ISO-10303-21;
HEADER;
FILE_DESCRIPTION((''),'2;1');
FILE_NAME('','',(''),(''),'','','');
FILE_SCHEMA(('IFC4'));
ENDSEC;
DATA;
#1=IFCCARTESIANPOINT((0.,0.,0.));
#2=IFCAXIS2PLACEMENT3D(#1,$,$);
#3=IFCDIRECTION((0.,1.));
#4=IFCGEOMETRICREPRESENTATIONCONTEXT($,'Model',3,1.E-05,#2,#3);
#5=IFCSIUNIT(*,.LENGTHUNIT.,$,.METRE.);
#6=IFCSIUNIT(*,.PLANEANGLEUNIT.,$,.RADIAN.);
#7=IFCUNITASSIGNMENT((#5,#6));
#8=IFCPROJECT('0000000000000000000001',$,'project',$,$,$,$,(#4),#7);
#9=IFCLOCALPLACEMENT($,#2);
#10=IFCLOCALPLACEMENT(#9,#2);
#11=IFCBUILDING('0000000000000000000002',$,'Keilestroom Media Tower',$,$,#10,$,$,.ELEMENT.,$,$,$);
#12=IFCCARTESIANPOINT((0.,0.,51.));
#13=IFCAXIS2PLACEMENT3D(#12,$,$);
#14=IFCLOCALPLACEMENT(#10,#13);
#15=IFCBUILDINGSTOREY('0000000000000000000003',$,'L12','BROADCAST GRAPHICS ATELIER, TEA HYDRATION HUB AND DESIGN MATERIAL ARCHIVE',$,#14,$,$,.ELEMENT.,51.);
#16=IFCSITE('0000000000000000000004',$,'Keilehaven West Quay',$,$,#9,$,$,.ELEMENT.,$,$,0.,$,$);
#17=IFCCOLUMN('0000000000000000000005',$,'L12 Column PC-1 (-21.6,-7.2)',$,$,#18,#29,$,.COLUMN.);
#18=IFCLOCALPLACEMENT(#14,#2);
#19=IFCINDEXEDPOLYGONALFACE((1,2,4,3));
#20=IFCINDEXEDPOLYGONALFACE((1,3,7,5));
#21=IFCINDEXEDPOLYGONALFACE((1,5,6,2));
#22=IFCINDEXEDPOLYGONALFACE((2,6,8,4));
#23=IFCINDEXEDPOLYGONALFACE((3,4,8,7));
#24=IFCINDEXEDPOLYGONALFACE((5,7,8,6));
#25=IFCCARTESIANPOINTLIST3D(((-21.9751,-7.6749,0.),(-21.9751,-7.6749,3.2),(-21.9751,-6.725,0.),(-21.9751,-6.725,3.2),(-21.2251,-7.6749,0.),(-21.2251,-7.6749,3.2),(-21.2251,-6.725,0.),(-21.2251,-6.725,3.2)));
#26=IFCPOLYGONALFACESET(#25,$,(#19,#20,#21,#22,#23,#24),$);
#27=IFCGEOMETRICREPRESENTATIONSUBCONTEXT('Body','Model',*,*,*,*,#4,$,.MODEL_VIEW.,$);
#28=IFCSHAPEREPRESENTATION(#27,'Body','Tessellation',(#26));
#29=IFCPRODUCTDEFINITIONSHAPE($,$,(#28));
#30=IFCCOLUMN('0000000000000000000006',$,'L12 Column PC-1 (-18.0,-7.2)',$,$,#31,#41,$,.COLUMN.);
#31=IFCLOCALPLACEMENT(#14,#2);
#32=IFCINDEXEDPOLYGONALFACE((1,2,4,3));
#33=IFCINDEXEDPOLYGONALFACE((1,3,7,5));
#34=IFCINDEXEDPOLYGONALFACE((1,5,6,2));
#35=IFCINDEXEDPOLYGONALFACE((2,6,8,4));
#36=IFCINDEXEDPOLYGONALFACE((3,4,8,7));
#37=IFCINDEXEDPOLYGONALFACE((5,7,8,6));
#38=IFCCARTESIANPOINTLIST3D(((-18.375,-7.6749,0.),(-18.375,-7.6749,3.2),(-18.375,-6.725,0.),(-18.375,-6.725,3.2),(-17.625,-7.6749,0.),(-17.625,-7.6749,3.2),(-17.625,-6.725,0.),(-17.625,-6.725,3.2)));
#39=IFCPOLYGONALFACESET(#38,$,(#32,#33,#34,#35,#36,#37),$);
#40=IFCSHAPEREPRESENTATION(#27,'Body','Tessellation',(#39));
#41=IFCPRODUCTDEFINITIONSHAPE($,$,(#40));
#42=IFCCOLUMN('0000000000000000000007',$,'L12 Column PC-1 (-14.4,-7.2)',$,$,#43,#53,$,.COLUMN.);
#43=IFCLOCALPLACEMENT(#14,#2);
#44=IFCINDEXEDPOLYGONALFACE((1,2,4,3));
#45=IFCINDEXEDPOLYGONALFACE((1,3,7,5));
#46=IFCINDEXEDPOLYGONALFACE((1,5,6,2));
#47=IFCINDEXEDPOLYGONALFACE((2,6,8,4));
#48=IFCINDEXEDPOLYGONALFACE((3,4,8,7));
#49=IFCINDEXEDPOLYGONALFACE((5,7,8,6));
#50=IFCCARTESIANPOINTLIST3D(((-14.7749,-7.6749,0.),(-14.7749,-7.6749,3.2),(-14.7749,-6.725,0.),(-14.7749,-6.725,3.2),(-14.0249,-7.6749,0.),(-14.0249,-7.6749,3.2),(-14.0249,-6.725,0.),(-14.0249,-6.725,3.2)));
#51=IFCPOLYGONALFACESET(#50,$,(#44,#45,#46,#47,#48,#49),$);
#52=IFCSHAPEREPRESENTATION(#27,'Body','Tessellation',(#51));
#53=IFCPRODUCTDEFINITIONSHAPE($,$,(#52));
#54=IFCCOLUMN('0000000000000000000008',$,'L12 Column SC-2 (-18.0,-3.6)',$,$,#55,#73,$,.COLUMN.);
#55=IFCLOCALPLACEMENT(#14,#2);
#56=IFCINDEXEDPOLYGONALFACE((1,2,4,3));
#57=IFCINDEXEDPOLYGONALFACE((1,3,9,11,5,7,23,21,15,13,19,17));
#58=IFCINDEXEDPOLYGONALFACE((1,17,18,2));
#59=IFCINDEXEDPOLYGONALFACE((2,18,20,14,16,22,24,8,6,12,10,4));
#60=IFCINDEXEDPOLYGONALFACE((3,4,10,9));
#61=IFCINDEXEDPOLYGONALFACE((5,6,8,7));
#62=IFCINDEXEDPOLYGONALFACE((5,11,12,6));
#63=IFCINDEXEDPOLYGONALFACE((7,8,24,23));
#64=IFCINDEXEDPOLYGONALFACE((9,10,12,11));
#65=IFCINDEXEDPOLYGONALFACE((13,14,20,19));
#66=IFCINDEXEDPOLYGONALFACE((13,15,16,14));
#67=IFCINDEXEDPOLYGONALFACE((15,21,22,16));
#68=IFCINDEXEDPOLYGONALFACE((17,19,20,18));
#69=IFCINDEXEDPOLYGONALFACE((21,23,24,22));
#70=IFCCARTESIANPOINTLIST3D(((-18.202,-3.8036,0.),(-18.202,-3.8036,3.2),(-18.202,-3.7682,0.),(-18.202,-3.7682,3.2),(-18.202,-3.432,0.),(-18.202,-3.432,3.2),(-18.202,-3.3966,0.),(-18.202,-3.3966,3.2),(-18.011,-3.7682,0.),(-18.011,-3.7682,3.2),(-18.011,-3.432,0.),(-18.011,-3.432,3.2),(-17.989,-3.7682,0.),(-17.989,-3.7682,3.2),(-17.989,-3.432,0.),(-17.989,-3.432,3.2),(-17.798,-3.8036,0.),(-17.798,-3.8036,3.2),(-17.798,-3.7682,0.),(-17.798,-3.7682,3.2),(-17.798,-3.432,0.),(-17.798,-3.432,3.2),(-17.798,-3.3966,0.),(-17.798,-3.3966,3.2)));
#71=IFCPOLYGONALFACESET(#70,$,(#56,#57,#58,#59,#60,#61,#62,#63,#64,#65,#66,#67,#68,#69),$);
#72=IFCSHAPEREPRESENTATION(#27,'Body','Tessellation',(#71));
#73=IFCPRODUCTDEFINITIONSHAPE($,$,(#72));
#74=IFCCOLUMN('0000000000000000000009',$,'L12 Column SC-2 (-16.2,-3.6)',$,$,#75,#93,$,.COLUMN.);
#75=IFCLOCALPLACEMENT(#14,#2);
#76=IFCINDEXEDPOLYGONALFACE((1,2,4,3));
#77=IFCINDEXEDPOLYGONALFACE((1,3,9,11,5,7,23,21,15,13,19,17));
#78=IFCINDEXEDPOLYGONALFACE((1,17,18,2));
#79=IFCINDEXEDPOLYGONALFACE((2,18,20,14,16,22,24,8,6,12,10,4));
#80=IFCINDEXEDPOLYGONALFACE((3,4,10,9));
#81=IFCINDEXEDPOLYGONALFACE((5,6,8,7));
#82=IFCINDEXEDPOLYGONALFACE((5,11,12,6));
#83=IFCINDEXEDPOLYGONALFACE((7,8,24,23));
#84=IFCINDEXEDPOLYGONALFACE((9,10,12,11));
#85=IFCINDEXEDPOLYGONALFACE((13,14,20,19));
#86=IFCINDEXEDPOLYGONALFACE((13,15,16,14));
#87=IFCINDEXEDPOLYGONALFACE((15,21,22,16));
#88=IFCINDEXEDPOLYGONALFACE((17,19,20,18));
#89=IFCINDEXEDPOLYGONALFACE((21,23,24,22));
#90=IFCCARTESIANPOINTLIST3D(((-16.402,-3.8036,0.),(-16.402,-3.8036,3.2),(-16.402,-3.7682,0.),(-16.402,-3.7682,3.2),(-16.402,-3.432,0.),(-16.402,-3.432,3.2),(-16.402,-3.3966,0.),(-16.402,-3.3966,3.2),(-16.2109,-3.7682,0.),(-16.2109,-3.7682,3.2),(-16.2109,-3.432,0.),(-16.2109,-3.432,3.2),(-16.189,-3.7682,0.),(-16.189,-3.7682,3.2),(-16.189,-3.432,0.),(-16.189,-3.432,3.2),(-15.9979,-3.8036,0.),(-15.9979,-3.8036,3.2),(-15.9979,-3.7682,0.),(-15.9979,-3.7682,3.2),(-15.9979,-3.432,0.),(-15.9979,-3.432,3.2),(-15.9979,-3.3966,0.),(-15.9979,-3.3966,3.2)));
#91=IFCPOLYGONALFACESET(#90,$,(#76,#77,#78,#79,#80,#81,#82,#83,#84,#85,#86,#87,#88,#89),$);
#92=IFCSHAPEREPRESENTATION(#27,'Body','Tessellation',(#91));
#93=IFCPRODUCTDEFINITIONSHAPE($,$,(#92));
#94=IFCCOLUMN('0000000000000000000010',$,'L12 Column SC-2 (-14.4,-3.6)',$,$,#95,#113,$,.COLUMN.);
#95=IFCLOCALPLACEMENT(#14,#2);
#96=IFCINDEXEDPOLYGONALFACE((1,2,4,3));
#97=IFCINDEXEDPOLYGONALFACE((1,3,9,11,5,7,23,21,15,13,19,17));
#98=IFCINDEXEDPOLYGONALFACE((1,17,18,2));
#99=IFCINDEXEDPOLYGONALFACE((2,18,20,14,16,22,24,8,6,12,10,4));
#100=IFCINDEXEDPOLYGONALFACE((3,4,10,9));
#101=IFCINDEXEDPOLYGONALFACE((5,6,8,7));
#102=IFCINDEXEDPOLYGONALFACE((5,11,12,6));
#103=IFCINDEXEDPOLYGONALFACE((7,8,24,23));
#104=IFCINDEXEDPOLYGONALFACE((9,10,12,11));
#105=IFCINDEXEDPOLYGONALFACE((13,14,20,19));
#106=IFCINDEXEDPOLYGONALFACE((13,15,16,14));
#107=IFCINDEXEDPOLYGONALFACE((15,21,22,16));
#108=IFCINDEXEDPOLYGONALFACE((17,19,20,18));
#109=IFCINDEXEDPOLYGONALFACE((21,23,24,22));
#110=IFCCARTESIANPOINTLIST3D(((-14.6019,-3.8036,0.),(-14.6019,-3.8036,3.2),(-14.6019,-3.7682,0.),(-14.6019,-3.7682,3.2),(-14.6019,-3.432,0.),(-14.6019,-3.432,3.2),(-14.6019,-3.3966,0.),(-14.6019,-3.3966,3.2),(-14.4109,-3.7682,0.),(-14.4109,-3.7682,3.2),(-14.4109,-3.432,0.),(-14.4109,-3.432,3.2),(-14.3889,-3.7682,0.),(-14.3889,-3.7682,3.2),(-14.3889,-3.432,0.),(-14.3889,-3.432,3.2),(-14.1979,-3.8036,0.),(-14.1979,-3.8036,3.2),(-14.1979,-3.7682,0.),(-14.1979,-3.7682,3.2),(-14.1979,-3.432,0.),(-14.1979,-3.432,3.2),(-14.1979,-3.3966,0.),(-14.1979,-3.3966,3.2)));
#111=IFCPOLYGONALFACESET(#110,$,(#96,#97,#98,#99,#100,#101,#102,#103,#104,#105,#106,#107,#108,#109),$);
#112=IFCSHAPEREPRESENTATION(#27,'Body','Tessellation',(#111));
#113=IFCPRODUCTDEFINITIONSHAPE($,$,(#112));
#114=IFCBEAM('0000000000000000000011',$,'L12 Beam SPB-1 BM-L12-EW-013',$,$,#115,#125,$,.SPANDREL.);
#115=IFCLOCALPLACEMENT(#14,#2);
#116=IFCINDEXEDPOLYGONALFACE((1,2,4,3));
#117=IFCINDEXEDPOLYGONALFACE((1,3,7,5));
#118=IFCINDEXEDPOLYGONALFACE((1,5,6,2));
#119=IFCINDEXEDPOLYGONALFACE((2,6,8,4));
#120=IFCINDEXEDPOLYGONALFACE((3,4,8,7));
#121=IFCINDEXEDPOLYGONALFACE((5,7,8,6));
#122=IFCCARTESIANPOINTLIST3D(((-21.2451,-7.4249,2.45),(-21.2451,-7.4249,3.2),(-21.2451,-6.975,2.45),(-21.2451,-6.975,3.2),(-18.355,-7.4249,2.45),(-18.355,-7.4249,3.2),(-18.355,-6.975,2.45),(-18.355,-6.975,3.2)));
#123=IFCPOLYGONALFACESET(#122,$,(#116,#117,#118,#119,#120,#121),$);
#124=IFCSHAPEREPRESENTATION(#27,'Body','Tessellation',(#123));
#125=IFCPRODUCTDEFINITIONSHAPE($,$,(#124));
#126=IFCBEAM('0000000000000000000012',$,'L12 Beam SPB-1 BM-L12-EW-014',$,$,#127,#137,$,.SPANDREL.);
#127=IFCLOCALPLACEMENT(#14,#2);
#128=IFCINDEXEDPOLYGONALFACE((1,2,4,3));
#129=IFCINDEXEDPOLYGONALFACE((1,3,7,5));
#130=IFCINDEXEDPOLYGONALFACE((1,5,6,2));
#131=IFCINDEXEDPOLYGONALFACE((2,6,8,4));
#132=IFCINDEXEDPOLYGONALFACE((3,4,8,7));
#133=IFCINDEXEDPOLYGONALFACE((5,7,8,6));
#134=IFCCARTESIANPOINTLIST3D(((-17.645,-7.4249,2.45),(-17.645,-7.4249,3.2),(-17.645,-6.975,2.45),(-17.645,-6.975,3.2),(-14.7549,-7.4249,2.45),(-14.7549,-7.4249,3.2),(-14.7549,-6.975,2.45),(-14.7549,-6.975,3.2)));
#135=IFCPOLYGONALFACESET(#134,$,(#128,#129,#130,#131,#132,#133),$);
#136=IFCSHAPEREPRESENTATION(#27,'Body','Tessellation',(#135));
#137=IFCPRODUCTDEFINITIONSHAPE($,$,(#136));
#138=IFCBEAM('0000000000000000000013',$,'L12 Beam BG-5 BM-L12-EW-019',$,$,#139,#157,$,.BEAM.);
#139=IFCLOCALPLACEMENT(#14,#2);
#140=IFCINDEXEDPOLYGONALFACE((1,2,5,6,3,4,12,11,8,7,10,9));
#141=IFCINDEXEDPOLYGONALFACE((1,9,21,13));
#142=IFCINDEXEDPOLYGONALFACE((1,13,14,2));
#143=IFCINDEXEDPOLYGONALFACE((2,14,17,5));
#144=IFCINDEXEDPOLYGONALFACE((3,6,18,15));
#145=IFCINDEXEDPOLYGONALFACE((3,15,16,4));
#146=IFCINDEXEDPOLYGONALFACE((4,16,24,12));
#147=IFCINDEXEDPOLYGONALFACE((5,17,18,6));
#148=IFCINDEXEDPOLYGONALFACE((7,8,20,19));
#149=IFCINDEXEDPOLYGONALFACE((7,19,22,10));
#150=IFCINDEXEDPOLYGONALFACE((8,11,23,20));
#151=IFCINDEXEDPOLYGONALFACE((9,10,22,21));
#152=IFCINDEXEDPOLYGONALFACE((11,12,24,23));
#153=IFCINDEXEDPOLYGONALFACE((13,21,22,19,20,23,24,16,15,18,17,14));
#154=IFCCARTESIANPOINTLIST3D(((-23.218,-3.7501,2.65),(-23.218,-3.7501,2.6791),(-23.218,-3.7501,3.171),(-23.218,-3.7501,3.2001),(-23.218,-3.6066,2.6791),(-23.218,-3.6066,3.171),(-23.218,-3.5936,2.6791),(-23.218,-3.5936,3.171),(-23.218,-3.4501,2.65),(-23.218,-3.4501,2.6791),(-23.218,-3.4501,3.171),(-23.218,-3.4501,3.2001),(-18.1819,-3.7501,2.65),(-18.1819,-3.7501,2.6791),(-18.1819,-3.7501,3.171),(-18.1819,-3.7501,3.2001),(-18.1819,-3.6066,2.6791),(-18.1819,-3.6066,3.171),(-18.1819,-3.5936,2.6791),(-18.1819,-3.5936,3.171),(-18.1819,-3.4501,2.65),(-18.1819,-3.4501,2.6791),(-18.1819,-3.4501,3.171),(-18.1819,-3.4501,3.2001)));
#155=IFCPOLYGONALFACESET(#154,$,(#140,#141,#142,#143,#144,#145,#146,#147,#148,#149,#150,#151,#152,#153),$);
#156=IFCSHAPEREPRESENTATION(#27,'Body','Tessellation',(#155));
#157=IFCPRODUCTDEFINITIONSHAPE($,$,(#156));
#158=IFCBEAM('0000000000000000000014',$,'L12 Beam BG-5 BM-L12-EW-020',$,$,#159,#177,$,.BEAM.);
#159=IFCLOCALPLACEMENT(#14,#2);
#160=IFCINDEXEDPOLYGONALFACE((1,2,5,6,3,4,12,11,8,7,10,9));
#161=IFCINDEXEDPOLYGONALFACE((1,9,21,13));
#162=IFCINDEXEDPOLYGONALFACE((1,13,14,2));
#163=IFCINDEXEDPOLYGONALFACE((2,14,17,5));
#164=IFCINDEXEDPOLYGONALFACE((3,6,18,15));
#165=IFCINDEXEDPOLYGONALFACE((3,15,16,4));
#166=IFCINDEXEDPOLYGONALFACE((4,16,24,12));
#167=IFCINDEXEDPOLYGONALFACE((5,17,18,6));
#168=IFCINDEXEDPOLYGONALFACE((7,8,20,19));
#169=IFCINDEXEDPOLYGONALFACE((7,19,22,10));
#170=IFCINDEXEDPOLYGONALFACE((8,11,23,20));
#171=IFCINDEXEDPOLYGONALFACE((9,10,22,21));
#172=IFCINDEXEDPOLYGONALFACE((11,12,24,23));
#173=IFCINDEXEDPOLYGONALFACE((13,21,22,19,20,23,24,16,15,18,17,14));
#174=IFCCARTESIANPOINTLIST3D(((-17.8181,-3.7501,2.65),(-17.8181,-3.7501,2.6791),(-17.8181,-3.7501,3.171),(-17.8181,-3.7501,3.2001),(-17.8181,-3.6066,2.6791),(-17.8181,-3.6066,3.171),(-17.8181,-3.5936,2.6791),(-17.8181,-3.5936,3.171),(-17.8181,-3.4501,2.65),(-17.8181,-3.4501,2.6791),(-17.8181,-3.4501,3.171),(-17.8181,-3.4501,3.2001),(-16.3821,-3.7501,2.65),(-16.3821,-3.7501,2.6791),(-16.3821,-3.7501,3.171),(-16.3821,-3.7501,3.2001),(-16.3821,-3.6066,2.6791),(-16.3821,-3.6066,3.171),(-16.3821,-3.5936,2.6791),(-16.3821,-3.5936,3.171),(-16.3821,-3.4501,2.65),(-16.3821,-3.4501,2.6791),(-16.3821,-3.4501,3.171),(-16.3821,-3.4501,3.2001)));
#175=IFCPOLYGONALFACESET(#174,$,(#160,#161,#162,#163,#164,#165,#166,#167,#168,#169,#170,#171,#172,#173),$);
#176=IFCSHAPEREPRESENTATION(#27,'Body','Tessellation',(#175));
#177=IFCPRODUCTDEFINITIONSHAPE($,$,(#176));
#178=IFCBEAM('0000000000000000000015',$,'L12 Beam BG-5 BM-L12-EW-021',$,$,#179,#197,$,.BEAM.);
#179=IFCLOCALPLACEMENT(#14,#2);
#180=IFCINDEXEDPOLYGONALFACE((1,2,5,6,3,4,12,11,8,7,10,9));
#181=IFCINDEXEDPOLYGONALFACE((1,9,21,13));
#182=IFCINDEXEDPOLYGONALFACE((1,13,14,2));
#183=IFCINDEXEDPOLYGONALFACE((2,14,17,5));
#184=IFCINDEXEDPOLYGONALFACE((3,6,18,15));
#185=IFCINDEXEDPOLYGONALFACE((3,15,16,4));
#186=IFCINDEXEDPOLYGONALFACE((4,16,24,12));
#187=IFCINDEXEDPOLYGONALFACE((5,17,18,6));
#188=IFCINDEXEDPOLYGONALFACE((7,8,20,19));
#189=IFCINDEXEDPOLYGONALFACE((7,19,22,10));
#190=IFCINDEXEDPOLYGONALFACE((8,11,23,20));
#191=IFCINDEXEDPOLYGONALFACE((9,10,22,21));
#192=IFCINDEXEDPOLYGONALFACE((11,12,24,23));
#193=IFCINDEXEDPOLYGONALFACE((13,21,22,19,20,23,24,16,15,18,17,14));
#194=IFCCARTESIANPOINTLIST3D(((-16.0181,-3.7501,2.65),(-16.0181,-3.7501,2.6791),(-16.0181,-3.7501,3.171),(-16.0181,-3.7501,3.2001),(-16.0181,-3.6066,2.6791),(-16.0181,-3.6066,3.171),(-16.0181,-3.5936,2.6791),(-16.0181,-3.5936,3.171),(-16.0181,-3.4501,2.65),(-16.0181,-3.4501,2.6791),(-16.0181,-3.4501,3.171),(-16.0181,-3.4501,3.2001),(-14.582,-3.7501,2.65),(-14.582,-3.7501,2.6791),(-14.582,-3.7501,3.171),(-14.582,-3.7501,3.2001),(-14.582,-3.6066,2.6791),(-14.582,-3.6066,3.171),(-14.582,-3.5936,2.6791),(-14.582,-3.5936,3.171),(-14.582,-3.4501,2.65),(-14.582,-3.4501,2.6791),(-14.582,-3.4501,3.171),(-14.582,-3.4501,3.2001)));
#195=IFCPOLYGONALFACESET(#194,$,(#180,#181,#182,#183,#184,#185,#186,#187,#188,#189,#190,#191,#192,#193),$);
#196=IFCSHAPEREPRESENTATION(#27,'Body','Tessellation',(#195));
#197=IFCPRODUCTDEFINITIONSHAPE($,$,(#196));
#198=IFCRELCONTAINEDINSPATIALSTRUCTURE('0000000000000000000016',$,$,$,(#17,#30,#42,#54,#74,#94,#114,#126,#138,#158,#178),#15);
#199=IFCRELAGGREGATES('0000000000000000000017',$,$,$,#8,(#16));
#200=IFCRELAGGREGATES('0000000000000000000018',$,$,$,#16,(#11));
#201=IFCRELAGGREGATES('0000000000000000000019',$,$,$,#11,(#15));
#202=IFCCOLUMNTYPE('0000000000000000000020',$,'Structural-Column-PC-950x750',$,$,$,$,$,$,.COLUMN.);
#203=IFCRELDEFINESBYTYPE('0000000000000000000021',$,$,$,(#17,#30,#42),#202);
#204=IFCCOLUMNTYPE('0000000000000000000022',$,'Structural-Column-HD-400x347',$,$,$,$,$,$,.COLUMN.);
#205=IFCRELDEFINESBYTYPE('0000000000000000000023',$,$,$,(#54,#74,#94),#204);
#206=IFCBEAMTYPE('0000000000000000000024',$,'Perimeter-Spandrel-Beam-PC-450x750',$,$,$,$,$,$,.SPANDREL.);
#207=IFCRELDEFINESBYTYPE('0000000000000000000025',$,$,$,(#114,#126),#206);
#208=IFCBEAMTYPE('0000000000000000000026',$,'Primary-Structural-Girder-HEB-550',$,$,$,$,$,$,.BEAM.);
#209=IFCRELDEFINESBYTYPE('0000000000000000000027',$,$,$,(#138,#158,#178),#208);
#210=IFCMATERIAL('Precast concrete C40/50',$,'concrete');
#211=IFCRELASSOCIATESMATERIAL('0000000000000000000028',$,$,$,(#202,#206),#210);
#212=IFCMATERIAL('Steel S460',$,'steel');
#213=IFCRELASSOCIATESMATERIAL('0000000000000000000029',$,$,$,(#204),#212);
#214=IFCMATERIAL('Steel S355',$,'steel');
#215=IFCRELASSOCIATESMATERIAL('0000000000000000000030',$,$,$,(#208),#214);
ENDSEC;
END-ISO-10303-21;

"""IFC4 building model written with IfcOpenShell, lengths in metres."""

from ifc_helpers import new_model, si_unit, direction, frame, origin, origin_2d, place, context, subcontext, project, spatial, rectangle, i_section, extrude, source, transform, mapped, material, material_profile, profile_set, type_object, element, save


model = new_model("IFC4")

# Units and contexts
model_context = context("Model", 3, precision=1e-05, world=origin(), true_north=direction((0.0, 1.0)))
body_context = subcontext(model_context, "Body", "Model", "MODEL_VIEW")
ifc_project = project(units=[si_unit("LENGTHUNIT", "METRE"), si_unit("PLANEANGLEUNIT", "RADIAN")], contexts=[model_context])

# Site, building, storey
site_placement = place(None, origin())
site = spatial("IfcSite", under=ifc_project, at=site_placement, Name="Keilehaven West Quay", CompositionType="ELEMENT", RefElevation=0.0)
building_placement = place(site_placement, origin())
building = spatial("IfcBuilding", under=site, at=building_placement, Name="Keilestroom Media Tower", CompositionType="ELEMENT")
storey_placement = place(building_placement, frame((0.0, 0.0, 51.0)))
storey = spatial("IfcBuildingStorey", under=building, at=storey_placement, Name="L12", Description="BROADCAST GRAPHICS ATELIER, TEA HYDRATION HUB AND DESIGN MATERIAL ARCHIVE", CompositionType="ELEMENT", Elevation=51.0)

# Columns
ifc_material_1 = material(Name="Precast concrete C40/50", Category="concrete")
ifc_material_profile_1 = material_profile(ifc_material_1, rectangle(XDim=0.75, YDim=0.95, at=origin_2d()), Name="PC 950x750")
ifc_profile_set_1 = profile_set([ifc_material_profile_1], Name="Precast concrete C40/50")
column_type_1 = type_object("IfcColumnType", Name="Structural-Column-PC-950x750", PredefinedType="COLUMN", material=ifc_profile_set_1)
shared_shape_1 = source(origin(), body_context, "Body", "SweptSolid", [
    extrude(rectangle(XDim=0.75, YDim=0.95, at=origin_2d()), origin(), (0.0, 0.0, 1.0), 3.2),
])
for number, where, z_axis, x_axis, name in (
    (1, (-21.6001, -7.2, 0.0), (0.0, 0.0, 1.0), (1.0, 0.0, 0.0), "L12 Column PC-1 (-21.6,-7.2)"),
    (2, (-18.0, -7.2, 0.0), (0.0, 0.0, 1.0), (1.0, 0.0, 0.0), "L12 Column PC-1 (-18.0,-7.2)"),
    (3, (-14.3999, -7.2, 0.0), (0.0, 0.0, 1.0), (1.0, 0.0, 0.0), "L12 Column PC-1 (-14.4,-7.2)"),
):
    element("IfcColumn", number, at=place(storey_placement, frame(where, z_axis=z_axis, x_axis=x_axis)), inside=storey, type_object=column_type_1, Name=name, PredefinedType="COLUMN", context=body_context, shape_type="MappedRepresentation", body=[
        mapped(shared_shape_1, transform((0.0, 0.0, 0.0), x_axis=(1.0, 0.0, 0.0), y_axis=(0.0, 1.0, 0.0), z_axis=(0.0, 0.0, 1.0), scale=1.0)),
    ])
ifc_material_2 = material(Name="Steel S460", Category="steel")
ifc_material_profile_2 = material_profile(ifc_material_2, i_section(OverallWidth=0.4041, OverallDepth=0.407, WebThickness=0.022, FlangeThickness=0.0354, at=origin_2d()), Name="HD 400x347")
ifc_profile_set_2 = profile_set([ifc_material_profile_2], Name="Steel S460")
column_type_2 = type_object("IfcColumnType", Name="Structural-Column-HD-400x347", PredefinedType="COLUMN", material=ifc_profile_set_2)
shared_shape_2 = source(origin(), body_context, "Body", "SweptSolid", [
    extrude(i_section(OverallWidth=0.4041, OverallDepth=0.407, WebThickness=0.022, FlangeThickness=0.0354, at=origin_2d()), origin(), (0.0, 0.0, 1.0), 3.2),
])
for number, where, z_axis, x_axis, name in (
    (4, (-18.0, -3.6001, 0.0), (0.0, 0.0, 1.0), (1.0, 0.0, 0.0), "L12 Column SC-2 (-18.0,-3.6)"),
    (5, (-16.2, -3.6001, 0.0), (0.0, 0.0, 1.0), (1.0, 0.0, 0.0), "L12 Column SC-2 (-16.2,-3.6)"),
    (6, (-14.3999, -3.6001, 0.0), (0.0, 0.0, 1.0), (1.0, 0.0, 0.0), "L12 Column SC-2 (-14.4,-3.6)"),
):
    element("IfcColumn", number, at=place(storey_placement, frame(where, z_axis=z_axis, x_axis=x_axis)), inside=storey, type_object=column_type_2, Name=name, PredefinedType="COLUMN", context=body_context, shape_type="MappedRepresentation", body=[
        mapped(shared_shape_2, transform((0.0, 0.0, 0.0), x_axis=(1.0, 0.0, 0.0), y_axis=(0.0, 1.0, 0.0), z_axis=(0.0, 0.0, 1.0), scale=1.0)),
    ])

# Beams
ifc_material_profile_3 = material_profile(ifc_material_1, rectangle(XDim=0.45, YDim=0.75, at=origin_2d()), Name="PC 450x750")
ifc_profile_set_3 = profile_set([ifc_material_profile_3], Name="Precast concrete C40/50")
beam_type_1 = type_object("IfcBeamType", Name="Perimeter-Spandrel-Beam-PC-450x750", PredefinedType="SPANDREL", material=ifc_profile_set_3)
shared_shape_3 = source(origin(), body_context, "Body", "SweptSolid", [
    extrude(rectangle(XDim=0.45, YDim=0.75, at=origin_2d()), origin(), (0.0, 0.0, 1.0), 2.8901),
])
for number, where, z_axis, x_axis, name in (
    (7, (-21.2451, -7.2, 2.825), (1.0, 0.0, 0.0), (0.0, 1.0, 0.0), "L12 Beam SPB-1 BM-L12-EW-013"),
    (8, (-17.645, -7.2, 2.825), (1.0, 0.0, 0.0), (0.0, 1.0, 0.0), "L12 Beam SPB-1 BM-L12-EW-014"),
):
    element("IfcBeam", number, at=place(storey_placement, frame(where, z_axis=z_axis, x_axis=x_axis)), inside=storey, type_object=beam_type_1, Name=name, PredefinedType="SPANDREL", context=body_context, shape_type="MappedRepresentation", body=[
        mapped(shared_shape_3, transform((0.0, 0.0, 0.0), x_axis=(1.0, 0.0, 0.0), y_axis=(0.0, 1.0, 0.0), z_axis=(0.0, 0.0, 1.0), scale=1.0)),
    ])
ifc_material_3 = material(Name="Steel S355", Category="steel")
ifc_material_profile_4 = material_profile(ifc_material_3, i_section(OverallWidth=0.3, OverallDepth=0.55, WebThickness=0.0129, FlangeThickness=0.0291, at=origin_2d()), Name="HEB 550")
ifc_profile_set_4 = profile_set([ifc_material_profile_4], Name="Steel S355")
beam_type_2 = type_object("IfcBeamType", Name="Primary-Structural-Girder-HEB-550", PredefinedType="BEAM", material=ifc_profile_set_4)
shared_shape_4 = source(origin(), body_context, "Body", "SweptSolid", [
    extrude(i_section(OverallWidth=0.3, OverallDepth=0.55, WebThickness=0.0129, FlangeThickness=0.0291, at=origin_2d()), origin(), (0.0, 0.0, 1.0), 5.0361),
])
beam_1_placement = place(storey_placement, frame((-23.218, -3.6001, 2.925), z_axis=(1.0, 0.0, 0.0), x_axis=(0.0, 1.0, 0.0)))
element("IfcBeam", 9, at=beam_1_placement, inside=storey, type_object=beam_type_2, Name="L12 Beam BG-5 BM-L12-EW-019", PredefinedType="BEAM", context=body_context, shape_type="MappedRepresentation", body=[
    mapped(shared_shape_4, transform((0.0, 0.0, 0.0), x_axis=(1.0, 0.0, 0.0), y_axis=(0.0, 1.0, 0.0), z_axis=(0.0, 0.0, 1.0), scale=1.0)),
])
shared_shape_5 = source(origin(), body_context, "Body", "SweptSolid", [
    extrude(i_section(OverallWidth=0.3, OverallDepth=0.55, WebThickness=0.0129, FlangeThickness=0.0291, at=origin_2d()), origin(), (0.0, 0.0, 1.0), 1.436),
])
for number, where, z_axis, x_axis, name in (
    (10, (-17.8181, -3.6001, 2.925), (1.0, 0.0, 0.0), (0.0, 1.0, 0.0), "L12 Beam BG-5 BM-L12-EW-020"),
    (11, (-16.0181, -3.6001, 2.925), (1.0, 0.0, 0.0), (0.0, 1.0, 0.0), "L12 Beam BG-5 BM-L12-EW-021"),
):
    element("IfcBeam", number, at=place(storey_placement, frame(where, z_axis=z_axis, x_axis=x_axis)), inside=storey, type_object=beam_type_2, Name=name, PredefinedType="BEAM", context=body_context, shape_type="MappedRepresentation", body=[
        mapped(shared_shape_5, transform((0.0, 0.0, 0.0), x_axis=(1.0, 0.0, 0.0), y_axis=(0.0, 1.0, 0.0), z_axis=(0.0, 0.0, 1.0), scale=1.0)),
    ])

save(model, "model.ifc")
